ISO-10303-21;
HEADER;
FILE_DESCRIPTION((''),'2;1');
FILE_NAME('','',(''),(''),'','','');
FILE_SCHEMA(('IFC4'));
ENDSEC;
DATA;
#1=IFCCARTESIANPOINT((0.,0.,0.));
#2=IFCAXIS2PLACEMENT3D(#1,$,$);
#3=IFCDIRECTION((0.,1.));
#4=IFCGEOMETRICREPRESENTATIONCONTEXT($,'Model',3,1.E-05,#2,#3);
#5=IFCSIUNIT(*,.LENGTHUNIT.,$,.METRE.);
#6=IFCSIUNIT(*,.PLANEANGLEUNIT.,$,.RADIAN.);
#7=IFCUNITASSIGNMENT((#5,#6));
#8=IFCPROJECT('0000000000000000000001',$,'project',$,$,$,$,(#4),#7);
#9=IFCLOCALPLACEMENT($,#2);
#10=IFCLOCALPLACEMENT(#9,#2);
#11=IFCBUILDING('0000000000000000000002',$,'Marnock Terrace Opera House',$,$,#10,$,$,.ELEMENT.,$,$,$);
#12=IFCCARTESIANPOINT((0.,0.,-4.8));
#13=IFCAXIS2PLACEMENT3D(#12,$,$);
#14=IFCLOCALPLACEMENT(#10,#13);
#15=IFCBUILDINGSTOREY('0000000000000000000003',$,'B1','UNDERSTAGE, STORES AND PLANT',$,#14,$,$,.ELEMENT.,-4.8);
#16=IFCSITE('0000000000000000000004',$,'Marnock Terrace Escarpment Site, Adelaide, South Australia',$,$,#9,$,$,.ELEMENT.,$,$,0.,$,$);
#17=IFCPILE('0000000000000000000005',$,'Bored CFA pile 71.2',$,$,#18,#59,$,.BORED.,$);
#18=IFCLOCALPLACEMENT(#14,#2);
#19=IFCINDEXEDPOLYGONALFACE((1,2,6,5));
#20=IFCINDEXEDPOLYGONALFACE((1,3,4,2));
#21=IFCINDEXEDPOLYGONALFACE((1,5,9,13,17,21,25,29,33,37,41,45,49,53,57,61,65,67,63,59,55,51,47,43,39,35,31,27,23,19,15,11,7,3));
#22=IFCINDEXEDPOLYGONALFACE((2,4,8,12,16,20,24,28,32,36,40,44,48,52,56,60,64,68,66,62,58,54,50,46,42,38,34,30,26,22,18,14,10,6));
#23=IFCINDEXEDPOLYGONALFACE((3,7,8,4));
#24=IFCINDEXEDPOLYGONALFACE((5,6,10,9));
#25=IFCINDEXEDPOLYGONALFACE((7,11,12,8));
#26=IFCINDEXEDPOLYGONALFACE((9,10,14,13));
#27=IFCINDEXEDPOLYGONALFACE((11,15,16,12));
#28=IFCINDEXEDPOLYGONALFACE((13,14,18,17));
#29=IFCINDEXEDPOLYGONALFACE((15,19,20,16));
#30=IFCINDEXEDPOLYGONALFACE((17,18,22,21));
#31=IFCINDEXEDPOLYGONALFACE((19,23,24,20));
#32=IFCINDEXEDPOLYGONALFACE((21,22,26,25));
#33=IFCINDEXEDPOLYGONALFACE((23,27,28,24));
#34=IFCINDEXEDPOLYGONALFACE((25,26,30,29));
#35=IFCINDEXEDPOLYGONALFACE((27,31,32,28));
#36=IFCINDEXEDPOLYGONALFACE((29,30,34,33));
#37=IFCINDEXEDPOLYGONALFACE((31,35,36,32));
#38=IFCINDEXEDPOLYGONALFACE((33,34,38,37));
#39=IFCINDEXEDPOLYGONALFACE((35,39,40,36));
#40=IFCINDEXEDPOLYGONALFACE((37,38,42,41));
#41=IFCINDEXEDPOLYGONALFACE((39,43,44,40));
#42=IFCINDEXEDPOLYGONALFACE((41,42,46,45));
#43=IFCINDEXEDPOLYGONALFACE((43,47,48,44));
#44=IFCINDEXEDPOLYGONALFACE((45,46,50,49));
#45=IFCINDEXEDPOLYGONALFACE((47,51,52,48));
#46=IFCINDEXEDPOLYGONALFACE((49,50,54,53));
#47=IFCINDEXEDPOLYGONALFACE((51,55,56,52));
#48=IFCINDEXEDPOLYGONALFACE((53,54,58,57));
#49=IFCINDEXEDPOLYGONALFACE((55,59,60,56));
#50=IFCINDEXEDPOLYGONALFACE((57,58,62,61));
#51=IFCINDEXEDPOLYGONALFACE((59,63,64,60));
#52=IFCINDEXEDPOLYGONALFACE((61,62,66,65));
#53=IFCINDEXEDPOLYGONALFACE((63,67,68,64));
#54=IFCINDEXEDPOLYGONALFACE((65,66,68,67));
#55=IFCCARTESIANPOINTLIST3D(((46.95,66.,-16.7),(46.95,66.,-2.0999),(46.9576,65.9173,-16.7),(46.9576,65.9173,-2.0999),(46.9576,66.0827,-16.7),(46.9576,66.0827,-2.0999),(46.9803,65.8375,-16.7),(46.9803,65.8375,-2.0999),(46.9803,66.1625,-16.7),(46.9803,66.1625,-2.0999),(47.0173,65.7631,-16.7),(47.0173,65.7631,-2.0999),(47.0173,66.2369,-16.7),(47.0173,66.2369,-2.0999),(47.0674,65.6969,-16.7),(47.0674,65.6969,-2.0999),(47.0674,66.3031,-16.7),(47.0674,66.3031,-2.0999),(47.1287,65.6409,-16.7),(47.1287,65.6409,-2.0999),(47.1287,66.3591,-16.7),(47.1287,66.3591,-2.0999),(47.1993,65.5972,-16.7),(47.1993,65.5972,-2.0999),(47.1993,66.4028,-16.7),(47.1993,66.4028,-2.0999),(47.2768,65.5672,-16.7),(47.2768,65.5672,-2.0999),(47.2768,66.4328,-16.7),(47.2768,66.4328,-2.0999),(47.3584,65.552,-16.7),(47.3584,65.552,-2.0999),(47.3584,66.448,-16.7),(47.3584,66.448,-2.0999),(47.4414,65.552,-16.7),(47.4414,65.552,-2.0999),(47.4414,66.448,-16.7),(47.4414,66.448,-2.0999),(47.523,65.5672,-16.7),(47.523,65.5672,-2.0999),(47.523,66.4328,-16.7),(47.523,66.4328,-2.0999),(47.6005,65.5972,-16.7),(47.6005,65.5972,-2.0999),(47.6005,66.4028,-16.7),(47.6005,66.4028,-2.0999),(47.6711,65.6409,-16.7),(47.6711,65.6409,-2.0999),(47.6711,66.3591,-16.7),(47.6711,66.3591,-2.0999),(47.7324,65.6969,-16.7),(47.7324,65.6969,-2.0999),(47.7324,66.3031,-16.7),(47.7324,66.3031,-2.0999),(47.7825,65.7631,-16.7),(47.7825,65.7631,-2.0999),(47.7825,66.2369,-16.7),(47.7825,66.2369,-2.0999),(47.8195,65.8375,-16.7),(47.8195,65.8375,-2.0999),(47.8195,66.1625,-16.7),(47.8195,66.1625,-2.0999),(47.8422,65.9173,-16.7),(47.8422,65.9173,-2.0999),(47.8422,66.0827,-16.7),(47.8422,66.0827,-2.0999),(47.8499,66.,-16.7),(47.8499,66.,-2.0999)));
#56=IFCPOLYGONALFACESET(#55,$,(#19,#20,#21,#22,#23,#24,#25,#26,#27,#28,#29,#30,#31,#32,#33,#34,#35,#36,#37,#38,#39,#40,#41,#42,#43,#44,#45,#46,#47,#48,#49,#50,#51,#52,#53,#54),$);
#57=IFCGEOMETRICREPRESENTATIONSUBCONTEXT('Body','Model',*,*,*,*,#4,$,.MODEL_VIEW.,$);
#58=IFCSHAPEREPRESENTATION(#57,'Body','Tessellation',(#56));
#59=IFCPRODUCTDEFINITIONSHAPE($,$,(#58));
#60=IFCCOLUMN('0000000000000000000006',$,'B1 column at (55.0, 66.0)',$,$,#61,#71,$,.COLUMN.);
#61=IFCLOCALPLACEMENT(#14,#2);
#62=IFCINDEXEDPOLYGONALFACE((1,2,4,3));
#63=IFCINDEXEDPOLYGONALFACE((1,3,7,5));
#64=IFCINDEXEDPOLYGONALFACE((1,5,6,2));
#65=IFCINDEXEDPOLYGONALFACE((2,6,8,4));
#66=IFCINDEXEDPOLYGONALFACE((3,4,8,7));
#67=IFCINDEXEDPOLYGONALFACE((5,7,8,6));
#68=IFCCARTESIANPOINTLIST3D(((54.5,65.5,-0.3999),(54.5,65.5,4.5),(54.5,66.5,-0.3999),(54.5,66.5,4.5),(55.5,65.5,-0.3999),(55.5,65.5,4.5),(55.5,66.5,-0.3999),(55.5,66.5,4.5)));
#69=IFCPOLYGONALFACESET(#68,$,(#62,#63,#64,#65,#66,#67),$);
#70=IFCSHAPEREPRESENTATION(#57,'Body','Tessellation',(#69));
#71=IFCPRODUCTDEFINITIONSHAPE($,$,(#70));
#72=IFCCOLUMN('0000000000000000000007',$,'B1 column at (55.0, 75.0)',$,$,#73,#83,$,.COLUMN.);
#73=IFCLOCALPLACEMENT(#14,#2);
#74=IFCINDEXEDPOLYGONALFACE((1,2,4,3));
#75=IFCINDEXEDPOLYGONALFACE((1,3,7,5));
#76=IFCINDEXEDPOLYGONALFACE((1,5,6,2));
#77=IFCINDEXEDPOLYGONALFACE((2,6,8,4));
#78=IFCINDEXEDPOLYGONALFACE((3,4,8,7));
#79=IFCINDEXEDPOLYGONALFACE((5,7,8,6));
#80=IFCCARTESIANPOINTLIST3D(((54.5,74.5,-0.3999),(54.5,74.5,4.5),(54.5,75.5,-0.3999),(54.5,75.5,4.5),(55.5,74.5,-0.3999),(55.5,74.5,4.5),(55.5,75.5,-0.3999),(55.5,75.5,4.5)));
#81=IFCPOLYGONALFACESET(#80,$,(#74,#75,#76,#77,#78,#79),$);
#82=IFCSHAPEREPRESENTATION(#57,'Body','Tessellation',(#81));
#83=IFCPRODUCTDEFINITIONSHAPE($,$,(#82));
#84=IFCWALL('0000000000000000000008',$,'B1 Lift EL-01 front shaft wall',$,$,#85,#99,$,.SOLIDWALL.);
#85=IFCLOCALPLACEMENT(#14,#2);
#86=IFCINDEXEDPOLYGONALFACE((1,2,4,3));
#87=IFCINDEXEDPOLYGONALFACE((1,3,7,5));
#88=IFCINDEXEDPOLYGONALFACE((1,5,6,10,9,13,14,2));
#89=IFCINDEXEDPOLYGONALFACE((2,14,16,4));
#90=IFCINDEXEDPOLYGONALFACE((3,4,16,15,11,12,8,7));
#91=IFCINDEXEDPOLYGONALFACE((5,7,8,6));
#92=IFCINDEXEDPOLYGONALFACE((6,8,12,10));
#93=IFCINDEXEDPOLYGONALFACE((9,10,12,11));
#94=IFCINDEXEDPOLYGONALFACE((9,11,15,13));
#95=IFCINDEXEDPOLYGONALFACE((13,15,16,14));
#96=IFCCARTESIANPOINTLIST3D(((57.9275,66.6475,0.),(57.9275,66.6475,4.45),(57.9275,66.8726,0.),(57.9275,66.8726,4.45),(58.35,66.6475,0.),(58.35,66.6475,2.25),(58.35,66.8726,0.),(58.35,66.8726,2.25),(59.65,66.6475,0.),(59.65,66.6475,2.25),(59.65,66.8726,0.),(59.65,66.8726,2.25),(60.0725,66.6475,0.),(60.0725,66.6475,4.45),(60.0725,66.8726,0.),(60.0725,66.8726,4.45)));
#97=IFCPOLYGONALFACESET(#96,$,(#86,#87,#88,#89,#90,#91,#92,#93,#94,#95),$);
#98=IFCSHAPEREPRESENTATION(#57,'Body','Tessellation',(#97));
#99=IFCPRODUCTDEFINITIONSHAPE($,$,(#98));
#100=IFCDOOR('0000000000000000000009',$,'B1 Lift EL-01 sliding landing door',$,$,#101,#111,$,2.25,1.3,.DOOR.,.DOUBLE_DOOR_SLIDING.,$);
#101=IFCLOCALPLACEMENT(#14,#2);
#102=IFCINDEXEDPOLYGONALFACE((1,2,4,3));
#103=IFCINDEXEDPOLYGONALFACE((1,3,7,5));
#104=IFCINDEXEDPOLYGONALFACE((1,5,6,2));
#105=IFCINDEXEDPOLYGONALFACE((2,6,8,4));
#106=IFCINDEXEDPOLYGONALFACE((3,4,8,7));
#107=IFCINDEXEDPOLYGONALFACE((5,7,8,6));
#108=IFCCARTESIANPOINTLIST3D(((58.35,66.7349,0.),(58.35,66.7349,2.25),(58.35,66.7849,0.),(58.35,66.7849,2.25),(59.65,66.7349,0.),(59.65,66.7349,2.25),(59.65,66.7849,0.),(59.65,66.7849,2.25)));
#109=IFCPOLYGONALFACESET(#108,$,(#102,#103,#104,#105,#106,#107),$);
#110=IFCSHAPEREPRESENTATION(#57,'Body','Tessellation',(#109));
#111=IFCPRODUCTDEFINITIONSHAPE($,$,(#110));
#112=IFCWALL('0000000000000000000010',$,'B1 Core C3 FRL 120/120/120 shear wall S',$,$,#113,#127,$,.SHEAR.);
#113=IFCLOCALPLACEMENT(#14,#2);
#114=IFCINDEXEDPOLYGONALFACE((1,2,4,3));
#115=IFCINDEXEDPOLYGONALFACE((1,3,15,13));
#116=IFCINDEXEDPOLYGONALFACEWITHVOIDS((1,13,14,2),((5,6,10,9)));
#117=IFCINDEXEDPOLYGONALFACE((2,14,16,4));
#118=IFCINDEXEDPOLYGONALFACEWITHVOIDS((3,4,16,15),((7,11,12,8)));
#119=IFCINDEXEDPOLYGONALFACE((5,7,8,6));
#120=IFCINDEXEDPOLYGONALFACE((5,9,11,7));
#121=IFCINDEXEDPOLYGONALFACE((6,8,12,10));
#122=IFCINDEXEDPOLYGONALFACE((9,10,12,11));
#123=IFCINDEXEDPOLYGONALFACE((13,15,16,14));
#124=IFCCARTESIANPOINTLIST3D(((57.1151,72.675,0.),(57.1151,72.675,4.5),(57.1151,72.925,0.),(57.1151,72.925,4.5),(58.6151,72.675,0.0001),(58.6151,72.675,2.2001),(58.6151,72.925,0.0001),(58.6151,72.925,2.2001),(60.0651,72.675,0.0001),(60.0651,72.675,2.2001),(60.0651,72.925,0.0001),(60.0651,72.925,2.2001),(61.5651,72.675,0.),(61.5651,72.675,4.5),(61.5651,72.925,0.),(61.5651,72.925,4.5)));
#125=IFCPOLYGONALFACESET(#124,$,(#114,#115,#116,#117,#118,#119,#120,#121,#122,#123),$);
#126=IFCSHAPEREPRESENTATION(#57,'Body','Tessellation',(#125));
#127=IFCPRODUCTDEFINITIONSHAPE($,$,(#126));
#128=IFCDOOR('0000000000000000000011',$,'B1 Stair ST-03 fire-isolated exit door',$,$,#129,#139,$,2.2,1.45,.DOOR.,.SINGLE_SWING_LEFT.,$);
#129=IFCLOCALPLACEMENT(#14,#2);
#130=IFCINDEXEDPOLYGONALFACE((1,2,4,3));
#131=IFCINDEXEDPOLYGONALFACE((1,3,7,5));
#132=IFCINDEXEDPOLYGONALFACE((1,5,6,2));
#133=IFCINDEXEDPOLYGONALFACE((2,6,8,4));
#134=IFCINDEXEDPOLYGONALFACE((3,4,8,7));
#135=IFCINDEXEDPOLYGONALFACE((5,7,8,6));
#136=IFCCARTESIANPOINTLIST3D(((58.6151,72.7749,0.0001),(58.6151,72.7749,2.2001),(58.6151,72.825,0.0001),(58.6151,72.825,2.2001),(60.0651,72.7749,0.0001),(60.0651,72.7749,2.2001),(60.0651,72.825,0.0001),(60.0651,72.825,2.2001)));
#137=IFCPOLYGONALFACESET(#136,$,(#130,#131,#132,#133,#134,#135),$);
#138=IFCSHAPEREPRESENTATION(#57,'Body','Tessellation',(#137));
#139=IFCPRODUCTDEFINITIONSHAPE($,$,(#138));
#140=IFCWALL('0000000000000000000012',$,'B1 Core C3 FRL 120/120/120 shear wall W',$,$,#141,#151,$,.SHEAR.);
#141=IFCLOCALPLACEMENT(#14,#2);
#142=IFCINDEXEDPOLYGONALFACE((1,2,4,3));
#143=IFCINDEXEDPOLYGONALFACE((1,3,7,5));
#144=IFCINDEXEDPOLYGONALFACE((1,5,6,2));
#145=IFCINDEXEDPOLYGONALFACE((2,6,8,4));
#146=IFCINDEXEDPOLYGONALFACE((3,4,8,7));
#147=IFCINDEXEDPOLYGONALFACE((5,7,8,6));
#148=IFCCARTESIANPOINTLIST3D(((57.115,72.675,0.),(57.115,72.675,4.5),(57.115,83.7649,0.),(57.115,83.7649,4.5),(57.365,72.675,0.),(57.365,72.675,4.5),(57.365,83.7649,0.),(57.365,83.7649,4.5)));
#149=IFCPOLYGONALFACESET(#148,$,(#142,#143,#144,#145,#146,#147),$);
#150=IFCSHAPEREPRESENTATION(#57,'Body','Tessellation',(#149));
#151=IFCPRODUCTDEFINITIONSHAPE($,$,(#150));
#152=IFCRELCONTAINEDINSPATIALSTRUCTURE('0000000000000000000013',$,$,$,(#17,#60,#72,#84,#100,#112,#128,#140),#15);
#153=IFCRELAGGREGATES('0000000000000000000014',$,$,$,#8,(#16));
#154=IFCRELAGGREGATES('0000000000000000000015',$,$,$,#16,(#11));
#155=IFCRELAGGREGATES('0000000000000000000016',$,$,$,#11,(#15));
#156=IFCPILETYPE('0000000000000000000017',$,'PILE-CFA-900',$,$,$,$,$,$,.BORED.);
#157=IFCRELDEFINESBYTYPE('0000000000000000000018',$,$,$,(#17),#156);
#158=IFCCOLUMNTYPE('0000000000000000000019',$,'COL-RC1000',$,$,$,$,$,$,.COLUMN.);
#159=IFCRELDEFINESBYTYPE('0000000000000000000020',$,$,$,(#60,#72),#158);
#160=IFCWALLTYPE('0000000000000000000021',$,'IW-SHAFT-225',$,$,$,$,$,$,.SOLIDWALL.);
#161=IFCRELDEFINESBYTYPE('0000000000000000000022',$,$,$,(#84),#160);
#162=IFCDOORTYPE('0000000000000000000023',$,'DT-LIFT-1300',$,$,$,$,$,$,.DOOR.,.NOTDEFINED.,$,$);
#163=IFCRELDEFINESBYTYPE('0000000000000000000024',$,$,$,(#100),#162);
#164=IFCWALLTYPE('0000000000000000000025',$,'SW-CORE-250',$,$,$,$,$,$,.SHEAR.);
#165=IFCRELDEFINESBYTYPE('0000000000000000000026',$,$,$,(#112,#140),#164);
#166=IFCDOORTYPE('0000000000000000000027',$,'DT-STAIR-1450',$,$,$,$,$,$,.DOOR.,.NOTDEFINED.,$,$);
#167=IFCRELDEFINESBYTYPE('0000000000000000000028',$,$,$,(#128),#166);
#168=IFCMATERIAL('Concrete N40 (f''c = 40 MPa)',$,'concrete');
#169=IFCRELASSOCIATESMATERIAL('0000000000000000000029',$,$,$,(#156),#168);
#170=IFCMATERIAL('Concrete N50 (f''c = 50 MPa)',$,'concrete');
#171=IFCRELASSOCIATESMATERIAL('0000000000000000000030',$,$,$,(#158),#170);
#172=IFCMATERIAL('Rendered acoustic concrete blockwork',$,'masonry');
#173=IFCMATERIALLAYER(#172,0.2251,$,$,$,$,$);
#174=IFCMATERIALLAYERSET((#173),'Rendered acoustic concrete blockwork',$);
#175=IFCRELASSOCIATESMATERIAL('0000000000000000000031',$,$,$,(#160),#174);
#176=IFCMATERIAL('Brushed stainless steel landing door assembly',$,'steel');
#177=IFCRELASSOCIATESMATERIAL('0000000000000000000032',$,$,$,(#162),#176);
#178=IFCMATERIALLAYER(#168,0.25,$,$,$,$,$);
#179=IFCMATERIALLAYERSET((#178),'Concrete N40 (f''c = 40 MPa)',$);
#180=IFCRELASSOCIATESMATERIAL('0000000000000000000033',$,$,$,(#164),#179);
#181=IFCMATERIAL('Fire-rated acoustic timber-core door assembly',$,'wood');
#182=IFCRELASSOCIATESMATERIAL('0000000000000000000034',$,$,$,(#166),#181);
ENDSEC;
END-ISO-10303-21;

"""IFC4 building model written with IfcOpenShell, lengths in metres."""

from ifc_helpers import new_model, si_unit, direction, frame, frame_2d, origin, origin_2d, place, context, subcontext, project, spatial, rectangle, circle, extrude, material, layer, layer_set, material_profile, profile_set, type_object, element, fill, save


model = new_model("IFC4")

# Units and contexts
model_context = context("Model", 3, precision=1e-05, world=origin(), true_north=direction((0.0, 1.0)))
body_context = subcontext(model_context, "Body", "Model", "MODEL_VIEW")
ifc_project = project(units=[si_unit("LENGTHUNIT", "METRE"), si_unit("PLANEANGLEUNIT", "RADIAN")], contexts=[model_context])

# Site, building, storey
site_placement = place(None, origin())
site = spatial("IfcSite", under=ifc_project, at=site_placement, Name="Marnock Terrace Escarpment Site, Adelaide, South Australia", CompositionType="ELEMENT", RefElevation=0.0)
building_placement = place(site_placement, origin())
building = spatial("IfcBuilding", under=site, at=building_placement, Name="Marnock Terrace Opera House", CompositionType="ELEMENT")
storey_placement = place(building_placement, frame((0.0, 0.0, -4.8)))
storey = spatial("IfcBuildingStorey", under=building, at=storey_placement, Name="B1", Description="UNDERSTAGE, STORES AND PLANT", CompositionType="ELEMENT", Elevation=-4.8)

# Shared definitions
ifc_material_1 = material(Name="Concrete N40 (f'c = 40 MPa)", Category="concrete")

# Pile
ifc_material_profile_1 = material_profile(ifc_material_1, circle(Radius=0.45, at=origin_2d()))
ifc_profile_set_1 = profile_set([ifc_material_profile_1], Name="Concrete N40 (f'c = 40 MPa)")
pile_type_1 = type_object("IfcPileType", Name="PILE-CFA-900", PredefinedType="BORED", material=ifc_profile_set_1)
pile_placement = place(storey_placement, frame((47.3999, 66.0, -2.0999), z_axis=(0.0, 0.0, -1.0), x_axis=(1.0, 0.0, 0.0)))
element("IfcPile", 1, at=pile_placement, inside=storey, type_object=pile_type_1, Name="Bored CFA pile 71.2", PredefinedType="BORED", context=body_context, shape_type="SweptSolid", body=[
    extrude(circle(Radius=0.45, at=origin_2d()), origin(), (0.0, 0.0, 1.0), 14.6001),
])

# Columns
ifc_material_2 = material(Name="Concrete N50 (f'c = 50 MPa)", Category="concrete")
ifc_material_profile_2 = material_profile(ifc_material_2, rectangle(XDim=1.0, YDim=1.0, at=origin_2d()))
ifc_profile_set_2 = profile_set([ifc_material_profile_2], Name="Concrete N50 (f'c = 50 MPa)")
column_type = type_object("IfcColumnType", Name="COL-RC1000", PredefinedType="COLUMN", material=ifc_profile_set_2)
for number, where, z_axis, x_axis, name in (
    (2, (55.0, 66.0, -0.3999), (0.0, 0.0, 1.0), (1.0, 0.0, 0.0), "B1 column at (55.0, 66.0)"),
    (3, (55.0, 75.0, -0.3999), (0.0, 0.0, 1.0), (1.0, 0.0, 0.0), "B1 column at (55.0, 75.0)"),
):
    element("IfcColumn", number, at=place(storey_placement, frame(where, z_axis=z_axis, x_axis=x_axis)), inside=storey, type_object=column_type, Name=name, PredefinedType="COLUMN", context=body_context, shape_type="SweptSolid", body=[
        extrude(rectangle(XDim=1.0, YDim=1.0, at=origin_2d()), origin(), (0.0, 0.0, 1.0), 4.8999),
    ])

# Walls, openings, doors
ifc_material_3 = material(Name="Rendered acoustic concrete blockwork", Category="masonry")
ifc_layer_1 = layer(ifc_material_3, 0.2251)
ifc_layer_set_1 = layer_set([ifc_layer_1], Name="Rendered acoustic concrete blockwork")
wall_type_1 = type_object("IfcWallType", Name="IW-SHAFT-225", PredefinedType="SOLIDWALL", material=ifc_layer_set_1)
wall_1_placement = place(storey_placement, frame((57.9275, 66.76, 0.0), z_axis=(0.0, 0.0, 1.0), x_axis=(1.0, 0.0, 0.0)))
wall_1 = element("IfcWall", 4, at=wall_1_placement, inside=storey, type_object=wall_type_1, Name="B1 Lift EL-01 front shaft wall", PredefinedType="SOLIDWALL", context=body_context, shape_type="SweptSolid", body=[
    extrude(rectangle(XDim=2.145, YDim=0.2251, at=frame_2d((1.0725, 0.0))), origin(), (0.0, 0.0, 1.0), 4.45),
])
opening_1_placement = place(wall_1_placement, frame((0.4226, 0.0, 0.0)))
opening_1 = element("IfcOpeningElement", 5, at=opening_1_placement, cuts=wall_1, PredefinedType="OPENING", context=body_context, shape_type="SweptSolid", body=[
    extrude(rectangle(XDim=1.3, YDim=2.25, at=frame_2d((0.6499, 1.125))), frame((0.0, 0.1226, 0.0), z_axis=(0.0, -1.0, 0.0), x_axis=(1.0, 0.0, 0.0)), (0.0, 0.0, 1.0), 0.2451),
])
ifc_material_4 = material(Name="Brushed stainless steel landing door assembly", Category="steel")
door_type_1 = type_object("IfcDoorType", Name="DT-LIFT-1300", OperationType="NOTDEFINED", PredefinedType="DOOR", material=ifc_material_4)
door_1_placement = place(opening_1_placement, origin())
door_1 = element("IfcDoor", 6, at=door_1_placement, inside=storey, type_object=door_type_1, Name="B1 Lift EL-01 sliding landing door", OperationType="DOUBLE_DOOR_SLIDING", OverallHeight=2.25, OverallWidth=1.3, PredefinedType="DOOR", context=body_context, shape_type="SweptSolid", body=[
    extrude(rectangle(XDim=1.3, YDim=2.25, at=frame_2d((0.6499, 1.125))), frame((0.0, 0.0249, 0.0), z_axis=(0.0, -1.0, 0.0), x_axis=(1.0, 0.0, 0.0)), (0.0, 0.0, 1.0), 0.05),
])
fill(opening_1, door_1)
ifc_layer_2 = layer(ifc_material_1, 0.25)
ifc_layer_set_2 = layer_set([ifc_layer_2], Name="Concrete N40 (f'c = 40 MPa)")
wall_type_2 = type_object("IfcWallType", Name="SW-CORE-250", PredefinedType="SHEAR", material=ifc_layer_set_2)
wall_2_placement = place(storey_placement, frame((57.115, 72.8, 0.0), z_axis=(0.0, 0.0, 1.0), x_axis=(1.0, 0.0, 0.0)))
wall_2 = element("IfcWall", 7, at=wall_2_placement, inside=storey, type_object=wall_type_2, Name="B1 Core C3 FRL 120/120/120 shear wall S", PredefinedType="SHEAR", context=body_context, shape_type="SweptSolid", body=[
    extrude(rectangle(XDim=4.45, YDim=0.25, at=frame_2d((2.2251, 0.0))), origin(), (0.0, 0.0, 1.0), 4.5),
])
opening_2_placement = place(wall_2_placement, frame((1.5, 0.0, 0.0)))
opening_2 = element("IfcOpeningElement", 8, at=opening_2_placement, cuts=wall_2, PredefinedType="OPENING", context=body_context, shape_type="SweptSolid", body=[
    extrude(rectangle(XDim=1.45, YDim=2.2, at=frame_2d((0.7251, 1.1001))), frame((0.0, 0.135, 0.0), z_axis=(0.0, -1.0, 0.0), x_axis=(1.0, 0.0, 0.0)), (0.0, 0.0, 1.0), 0.27),
])
ifc_material_5 = material(Name="Fire-rated acoustic timber-core door assembly", Category="wood")
door_type_2 = type_object("IfcDoorType", Name="DT-STAIR-1450", OperationType="NOTDEFINED", PredefinedType="DOOR", material=ifc_material_5)
door_2_placement = place(opening_2_placement, origin())
door_2 = element("IfcDoor", 9, at=door_2_placement, inside=storey, type_object=door_type_2, Name="B1 Stair ST-03 fire-isolated exit door", OperationType="SINGLE_SWING_LEFT", OverallHeight=2.2, OverallWidth=1.45, PredefinedType="DOOR", context=body_context, shape_type="SweptSolid", body=[
    extrude(rectangle(XDim=1.45, YDim=2.2, at=frame_2d((0.7251, 1.1001))), frame((0.0, 0.0249, 0.0), z_axis=(0.0, -1.0, 0.0), x_axis=(1.0, 0.0, 0.0)), (0.0, 0.0, 1.0), 0.05),
])
fill(opening_2, door_2)

# Wall
wall_3_placement = place(storey_placement, frame((57.24, 72.675, 0.0), z_axis=(0.0, 0.0, 1.0), x_axis=(0.0, 1.0, 0.0)))
element("IfcWall", 10, at=wall_3_placement, inside=storey, type_object=wall_type_2, Name="B1 Core C3 FRL 120/120/120 shear wall W", PredefinedType="SHEAR", context=body_context, shape_type="SweptSolid", body=[
    extrude(rectangle(XDim=11.0898, YDim=0.25, at=frame_2d((5.5449, 0.0))), origin(), (0.0, 0.0, 1.0), 4.5),
])

save(model, "model.ifc")
